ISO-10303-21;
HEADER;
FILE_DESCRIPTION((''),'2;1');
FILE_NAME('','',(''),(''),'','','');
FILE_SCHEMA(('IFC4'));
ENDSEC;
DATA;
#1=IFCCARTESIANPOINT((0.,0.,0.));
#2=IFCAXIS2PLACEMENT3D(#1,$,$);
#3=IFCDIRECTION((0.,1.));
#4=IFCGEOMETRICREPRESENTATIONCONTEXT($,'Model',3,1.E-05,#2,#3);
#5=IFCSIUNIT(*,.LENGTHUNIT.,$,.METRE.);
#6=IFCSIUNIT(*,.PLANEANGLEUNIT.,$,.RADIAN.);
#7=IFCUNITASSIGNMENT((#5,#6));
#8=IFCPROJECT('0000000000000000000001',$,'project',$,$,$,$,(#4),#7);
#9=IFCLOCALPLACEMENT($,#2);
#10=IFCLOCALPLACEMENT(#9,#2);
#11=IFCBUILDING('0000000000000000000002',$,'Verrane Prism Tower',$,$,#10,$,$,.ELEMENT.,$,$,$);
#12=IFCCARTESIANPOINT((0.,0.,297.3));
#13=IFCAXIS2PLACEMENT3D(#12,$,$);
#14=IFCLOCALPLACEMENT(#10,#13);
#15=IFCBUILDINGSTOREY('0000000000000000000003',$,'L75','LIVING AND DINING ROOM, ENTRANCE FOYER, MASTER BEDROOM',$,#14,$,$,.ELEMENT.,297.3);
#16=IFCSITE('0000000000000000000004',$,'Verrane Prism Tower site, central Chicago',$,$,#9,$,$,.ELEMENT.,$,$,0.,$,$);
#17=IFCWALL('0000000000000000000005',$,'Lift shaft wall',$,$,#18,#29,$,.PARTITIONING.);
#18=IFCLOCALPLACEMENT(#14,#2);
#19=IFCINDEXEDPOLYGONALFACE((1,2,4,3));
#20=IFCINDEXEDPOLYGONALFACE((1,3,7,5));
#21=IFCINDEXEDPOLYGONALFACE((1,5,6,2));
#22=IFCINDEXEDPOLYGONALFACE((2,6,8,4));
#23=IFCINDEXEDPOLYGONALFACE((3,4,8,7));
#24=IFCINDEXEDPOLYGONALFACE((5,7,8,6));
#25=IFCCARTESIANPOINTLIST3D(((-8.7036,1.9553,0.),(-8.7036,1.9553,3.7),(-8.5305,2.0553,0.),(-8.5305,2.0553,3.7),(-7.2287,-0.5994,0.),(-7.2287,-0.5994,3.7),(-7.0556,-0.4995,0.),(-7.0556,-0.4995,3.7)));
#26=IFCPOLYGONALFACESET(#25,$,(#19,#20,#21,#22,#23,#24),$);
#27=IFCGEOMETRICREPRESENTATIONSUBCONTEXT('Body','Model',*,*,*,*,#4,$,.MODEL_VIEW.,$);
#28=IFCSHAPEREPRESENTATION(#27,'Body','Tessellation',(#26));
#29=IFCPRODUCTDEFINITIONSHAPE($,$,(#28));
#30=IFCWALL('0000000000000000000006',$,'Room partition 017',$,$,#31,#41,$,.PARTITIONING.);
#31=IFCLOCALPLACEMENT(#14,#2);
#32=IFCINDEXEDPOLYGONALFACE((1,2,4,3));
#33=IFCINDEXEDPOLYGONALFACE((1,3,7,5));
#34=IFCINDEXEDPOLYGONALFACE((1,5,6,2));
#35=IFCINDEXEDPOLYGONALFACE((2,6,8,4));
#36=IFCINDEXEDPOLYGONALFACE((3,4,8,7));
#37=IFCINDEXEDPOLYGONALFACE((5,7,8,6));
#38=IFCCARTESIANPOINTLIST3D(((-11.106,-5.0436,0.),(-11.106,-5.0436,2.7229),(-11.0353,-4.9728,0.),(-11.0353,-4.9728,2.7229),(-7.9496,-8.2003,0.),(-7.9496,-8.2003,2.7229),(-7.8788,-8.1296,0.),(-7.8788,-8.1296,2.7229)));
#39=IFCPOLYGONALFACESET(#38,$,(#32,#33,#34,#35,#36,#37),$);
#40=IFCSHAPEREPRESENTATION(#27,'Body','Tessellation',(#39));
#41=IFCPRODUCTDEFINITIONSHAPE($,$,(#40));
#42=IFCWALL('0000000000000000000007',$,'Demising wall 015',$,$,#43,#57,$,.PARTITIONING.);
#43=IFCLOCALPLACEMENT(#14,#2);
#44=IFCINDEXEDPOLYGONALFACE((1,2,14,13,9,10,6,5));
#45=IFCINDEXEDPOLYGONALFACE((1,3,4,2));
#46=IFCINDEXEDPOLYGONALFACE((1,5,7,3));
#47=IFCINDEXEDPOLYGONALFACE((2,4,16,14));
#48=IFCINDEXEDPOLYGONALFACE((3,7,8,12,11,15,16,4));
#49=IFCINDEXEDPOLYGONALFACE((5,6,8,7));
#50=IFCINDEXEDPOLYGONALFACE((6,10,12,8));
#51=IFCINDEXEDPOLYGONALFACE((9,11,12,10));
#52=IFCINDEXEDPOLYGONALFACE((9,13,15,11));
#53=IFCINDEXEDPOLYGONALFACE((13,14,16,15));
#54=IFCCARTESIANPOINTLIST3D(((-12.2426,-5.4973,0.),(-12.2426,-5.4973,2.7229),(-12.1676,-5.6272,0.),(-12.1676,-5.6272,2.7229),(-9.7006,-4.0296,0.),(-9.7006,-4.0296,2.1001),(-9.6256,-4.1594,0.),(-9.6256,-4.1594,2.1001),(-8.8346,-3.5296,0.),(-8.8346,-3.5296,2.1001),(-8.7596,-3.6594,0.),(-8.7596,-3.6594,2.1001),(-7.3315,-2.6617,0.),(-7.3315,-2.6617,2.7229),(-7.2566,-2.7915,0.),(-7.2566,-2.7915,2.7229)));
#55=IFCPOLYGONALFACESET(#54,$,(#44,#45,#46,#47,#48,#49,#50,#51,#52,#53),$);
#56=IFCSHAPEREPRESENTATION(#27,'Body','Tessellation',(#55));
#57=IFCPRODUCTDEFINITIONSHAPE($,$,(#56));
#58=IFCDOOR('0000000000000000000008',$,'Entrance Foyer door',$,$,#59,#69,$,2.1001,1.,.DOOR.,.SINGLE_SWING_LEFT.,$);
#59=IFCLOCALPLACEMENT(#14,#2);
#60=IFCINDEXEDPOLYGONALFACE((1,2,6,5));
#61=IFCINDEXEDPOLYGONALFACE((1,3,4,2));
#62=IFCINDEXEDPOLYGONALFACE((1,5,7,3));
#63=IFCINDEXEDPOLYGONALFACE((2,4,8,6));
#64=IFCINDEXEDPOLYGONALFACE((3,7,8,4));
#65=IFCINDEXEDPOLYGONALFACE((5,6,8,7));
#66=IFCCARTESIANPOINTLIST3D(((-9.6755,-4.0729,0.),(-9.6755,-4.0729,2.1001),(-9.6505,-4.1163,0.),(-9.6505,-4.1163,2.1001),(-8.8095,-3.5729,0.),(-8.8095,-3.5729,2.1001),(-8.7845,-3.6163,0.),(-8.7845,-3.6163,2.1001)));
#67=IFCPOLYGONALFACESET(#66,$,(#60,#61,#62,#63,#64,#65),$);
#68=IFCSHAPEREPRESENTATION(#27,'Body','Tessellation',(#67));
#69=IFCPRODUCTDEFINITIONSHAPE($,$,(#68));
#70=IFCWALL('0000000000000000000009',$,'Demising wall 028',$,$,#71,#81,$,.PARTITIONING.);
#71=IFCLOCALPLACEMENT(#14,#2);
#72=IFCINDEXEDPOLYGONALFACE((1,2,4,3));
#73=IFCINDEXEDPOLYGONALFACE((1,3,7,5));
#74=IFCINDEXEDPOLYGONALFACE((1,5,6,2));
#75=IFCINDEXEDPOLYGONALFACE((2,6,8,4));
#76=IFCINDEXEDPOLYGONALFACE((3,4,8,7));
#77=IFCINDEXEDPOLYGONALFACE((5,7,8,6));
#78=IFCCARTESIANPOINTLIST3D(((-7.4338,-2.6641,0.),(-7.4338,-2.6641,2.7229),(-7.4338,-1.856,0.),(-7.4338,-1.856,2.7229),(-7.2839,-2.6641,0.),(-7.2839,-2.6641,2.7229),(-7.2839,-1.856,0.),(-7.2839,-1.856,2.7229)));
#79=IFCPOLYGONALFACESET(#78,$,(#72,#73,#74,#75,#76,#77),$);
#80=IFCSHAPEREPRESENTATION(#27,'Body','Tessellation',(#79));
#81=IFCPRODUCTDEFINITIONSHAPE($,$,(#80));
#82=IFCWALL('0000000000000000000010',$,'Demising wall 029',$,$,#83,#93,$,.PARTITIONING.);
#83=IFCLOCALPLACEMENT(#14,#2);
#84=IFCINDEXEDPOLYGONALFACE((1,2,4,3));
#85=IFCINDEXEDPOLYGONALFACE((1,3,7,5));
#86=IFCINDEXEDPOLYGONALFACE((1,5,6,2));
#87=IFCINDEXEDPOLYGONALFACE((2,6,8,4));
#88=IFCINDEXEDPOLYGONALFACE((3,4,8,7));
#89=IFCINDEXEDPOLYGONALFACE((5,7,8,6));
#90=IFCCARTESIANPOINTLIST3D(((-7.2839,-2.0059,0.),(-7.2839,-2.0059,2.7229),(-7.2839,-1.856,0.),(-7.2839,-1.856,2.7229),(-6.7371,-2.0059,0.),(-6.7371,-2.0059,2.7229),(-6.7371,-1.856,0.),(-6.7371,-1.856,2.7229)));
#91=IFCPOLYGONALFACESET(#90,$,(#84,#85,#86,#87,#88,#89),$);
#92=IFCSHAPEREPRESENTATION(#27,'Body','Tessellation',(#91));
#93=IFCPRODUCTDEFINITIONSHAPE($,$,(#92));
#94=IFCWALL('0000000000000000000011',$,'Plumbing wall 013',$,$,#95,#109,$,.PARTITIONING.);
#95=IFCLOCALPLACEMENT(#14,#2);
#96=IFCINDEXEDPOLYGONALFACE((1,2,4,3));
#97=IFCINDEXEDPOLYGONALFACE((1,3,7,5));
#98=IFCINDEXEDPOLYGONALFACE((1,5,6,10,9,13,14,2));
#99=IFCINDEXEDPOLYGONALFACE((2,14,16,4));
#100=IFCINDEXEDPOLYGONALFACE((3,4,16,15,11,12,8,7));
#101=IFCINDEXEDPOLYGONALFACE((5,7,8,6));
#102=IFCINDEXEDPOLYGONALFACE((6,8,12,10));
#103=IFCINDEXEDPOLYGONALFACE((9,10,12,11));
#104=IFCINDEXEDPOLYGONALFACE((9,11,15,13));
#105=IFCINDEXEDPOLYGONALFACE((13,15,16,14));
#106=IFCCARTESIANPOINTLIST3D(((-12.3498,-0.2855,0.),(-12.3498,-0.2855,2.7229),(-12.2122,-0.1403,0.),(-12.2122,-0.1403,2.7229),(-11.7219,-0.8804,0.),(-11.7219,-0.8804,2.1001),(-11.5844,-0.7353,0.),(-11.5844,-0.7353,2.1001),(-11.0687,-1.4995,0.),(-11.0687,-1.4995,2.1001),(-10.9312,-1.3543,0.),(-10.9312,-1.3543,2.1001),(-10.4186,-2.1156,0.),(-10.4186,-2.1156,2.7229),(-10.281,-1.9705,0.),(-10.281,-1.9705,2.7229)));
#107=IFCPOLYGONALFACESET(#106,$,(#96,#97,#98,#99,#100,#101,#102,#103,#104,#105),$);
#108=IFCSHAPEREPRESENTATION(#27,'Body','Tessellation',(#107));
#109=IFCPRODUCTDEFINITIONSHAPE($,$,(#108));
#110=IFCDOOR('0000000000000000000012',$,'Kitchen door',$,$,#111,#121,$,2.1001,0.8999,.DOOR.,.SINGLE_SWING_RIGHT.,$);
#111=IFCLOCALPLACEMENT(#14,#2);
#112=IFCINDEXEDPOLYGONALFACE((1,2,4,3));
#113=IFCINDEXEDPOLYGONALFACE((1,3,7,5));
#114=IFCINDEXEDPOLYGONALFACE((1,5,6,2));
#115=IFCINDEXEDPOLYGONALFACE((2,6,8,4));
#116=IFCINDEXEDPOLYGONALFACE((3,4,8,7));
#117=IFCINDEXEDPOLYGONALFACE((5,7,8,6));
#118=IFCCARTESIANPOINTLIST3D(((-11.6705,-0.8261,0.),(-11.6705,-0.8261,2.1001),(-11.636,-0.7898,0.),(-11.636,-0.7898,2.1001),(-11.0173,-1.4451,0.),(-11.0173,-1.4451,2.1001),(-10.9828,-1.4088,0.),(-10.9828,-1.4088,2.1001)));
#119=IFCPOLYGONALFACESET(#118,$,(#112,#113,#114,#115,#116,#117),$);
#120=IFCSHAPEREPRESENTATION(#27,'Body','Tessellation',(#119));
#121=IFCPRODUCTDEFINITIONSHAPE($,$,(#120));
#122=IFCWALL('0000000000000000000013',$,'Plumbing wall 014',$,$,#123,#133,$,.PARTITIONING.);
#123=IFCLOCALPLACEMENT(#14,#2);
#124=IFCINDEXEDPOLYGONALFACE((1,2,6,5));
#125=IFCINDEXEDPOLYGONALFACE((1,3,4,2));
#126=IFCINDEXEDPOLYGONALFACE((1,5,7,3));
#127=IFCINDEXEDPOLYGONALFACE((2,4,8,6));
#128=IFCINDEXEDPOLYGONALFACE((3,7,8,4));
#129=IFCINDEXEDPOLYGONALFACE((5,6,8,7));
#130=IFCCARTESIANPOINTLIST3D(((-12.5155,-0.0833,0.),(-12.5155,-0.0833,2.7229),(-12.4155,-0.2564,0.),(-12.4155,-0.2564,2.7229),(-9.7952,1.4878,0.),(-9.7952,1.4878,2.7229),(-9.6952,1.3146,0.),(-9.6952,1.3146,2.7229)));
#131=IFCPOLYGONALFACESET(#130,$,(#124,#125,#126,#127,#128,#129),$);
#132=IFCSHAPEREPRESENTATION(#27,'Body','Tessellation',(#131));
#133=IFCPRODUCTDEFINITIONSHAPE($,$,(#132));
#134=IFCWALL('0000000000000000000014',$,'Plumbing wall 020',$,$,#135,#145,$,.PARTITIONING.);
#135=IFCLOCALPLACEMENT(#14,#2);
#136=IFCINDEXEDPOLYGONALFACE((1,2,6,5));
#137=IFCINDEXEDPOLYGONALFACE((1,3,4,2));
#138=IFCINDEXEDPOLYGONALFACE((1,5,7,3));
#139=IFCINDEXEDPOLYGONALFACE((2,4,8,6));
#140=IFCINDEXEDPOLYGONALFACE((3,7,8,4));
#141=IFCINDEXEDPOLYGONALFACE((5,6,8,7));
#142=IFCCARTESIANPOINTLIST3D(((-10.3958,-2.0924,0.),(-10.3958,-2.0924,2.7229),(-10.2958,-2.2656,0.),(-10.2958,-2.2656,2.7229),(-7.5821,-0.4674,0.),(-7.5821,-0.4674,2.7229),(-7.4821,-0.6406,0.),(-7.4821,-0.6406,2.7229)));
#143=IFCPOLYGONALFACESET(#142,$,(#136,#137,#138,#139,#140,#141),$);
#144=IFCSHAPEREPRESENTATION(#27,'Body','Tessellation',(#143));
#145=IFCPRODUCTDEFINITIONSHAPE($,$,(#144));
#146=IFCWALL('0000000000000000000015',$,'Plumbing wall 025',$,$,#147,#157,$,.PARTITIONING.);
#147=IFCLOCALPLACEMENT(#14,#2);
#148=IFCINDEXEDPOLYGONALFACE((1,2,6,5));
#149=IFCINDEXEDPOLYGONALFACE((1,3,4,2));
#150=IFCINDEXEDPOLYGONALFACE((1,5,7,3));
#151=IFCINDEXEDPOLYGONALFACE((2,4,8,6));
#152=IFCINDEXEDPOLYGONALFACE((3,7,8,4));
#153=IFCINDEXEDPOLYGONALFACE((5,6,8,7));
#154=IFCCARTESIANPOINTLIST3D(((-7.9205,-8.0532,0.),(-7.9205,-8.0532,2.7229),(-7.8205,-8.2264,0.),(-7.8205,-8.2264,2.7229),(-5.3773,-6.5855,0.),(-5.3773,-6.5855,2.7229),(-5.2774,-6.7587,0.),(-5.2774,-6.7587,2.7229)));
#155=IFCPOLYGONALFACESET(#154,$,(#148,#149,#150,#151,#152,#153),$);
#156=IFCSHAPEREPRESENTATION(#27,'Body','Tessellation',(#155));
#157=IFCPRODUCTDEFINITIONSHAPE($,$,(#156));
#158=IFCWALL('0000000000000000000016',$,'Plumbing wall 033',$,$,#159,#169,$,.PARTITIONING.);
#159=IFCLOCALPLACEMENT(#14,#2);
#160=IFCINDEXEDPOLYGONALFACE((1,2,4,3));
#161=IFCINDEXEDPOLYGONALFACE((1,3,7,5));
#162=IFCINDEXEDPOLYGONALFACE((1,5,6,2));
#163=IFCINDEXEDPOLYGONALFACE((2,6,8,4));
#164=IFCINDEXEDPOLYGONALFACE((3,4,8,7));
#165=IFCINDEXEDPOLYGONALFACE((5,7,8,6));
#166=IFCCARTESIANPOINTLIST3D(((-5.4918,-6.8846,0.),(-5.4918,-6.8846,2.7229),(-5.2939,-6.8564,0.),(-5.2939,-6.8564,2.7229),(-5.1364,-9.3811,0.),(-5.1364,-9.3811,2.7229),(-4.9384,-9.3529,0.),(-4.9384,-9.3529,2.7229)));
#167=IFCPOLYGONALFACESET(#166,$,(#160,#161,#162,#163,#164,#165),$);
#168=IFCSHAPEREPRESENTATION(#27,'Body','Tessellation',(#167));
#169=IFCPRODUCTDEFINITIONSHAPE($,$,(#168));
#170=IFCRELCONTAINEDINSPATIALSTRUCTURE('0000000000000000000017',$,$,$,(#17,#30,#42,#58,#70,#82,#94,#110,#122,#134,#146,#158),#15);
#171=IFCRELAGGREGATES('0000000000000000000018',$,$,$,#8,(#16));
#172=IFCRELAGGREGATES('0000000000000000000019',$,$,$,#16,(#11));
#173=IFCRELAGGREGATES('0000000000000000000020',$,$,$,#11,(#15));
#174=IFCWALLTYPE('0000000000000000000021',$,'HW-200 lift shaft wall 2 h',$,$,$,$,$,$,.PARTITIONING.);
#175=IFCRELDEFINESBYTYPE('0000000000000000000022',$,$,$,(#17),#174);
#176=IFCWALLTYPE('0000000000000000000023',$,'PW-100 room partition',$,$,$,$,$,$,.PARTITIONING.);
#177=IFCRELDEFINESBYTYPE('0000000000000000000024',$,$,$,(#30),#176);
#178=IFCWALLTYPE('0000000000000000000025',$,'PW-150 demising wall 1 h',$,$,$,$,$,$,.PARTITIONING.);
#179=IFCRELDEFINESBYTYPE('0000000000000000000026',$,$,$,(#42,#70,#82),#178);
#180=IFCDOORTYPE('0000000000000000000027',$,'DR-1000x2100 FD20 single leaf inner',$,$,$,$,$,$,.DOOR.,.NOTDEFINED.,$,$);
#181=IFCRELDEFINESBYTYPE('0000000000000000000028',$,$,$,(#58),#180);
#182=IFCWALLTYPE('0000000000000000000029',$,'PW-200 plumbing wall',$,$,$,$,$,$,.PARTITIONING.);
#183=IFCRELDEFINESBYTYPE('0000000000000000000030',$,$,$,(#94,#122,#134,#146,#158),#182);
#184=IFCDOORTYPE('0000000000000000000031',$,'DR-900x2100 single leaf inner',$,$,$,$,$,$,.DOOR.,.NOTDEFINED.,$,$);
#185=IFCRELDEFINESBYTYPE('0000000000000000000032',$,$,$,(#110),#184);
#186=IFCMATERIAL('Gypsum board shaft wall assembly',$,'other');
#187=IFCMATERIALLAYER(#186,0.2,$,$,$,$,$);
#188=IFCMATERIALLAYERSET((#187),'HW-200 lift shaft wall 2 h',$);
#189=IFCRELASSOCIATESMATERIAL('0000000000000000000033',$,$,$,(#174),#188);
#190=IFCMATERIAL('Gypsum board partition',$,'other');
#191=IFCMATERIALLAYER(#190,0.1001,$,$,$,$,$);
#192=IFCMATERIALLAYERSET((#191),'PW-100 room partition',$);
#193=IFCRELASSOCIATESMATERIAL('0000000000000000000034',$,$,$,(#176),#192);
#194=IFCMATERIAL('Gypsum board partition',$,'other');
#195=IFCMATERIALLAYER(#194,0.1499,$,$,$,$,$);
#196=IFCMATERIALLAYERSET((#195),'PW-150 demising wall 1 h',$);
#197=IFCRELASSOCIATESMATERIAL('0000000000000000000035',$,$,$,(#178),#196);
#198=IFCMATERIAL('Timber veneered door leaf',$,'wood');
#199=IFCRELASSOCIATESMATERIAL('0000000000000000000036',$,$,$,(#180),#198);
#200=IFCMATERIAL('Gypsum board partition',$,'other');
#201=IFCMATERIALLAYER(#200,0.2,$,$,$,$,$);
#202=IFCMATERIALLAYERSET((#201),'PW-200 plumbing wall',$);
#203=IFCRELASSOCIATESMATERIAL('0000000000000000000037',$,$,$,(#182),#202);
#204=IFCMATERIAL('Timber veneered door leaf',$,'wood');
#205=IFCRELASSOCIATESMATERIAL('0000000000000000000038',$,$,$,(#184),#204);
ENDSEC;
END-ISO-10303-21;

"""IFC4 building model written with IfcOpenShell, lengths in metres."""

from ifc_helpers import new_model, si_unit, direction, frame, frame_2d, origin, place, context, subcontext, project, spatial, rectangle, extrude, material, layer, layer_set, type_object, element, fill, save


model = new_model("IFC4")

# Units and contexts
model_context = context("Model", 3, precision=1e-05, world=origin(), true_north=direction((0.0, 1.0)))
body_context = subcontext(model_context, "Body", "Model", "MODEL_VIEW")
ifc_project = project(units=[si_unit("LENGTHUNIT", "METRE"), si_unit("PLANEANGLEUNIT", "RADIAN")], contexts=[model_context])

# Site, building, storey
site_placement = place(None, origin())
site = spatial("IfcSite", under=ifc_project, at=site_placement, Name="Verrane Prism Tower site, central Chicago", CompositionType="ELEMENT", RefElevation=0.0)
building_placement = place(site_placement, origin())
building = spatial("IfcBuilding", under=site, at=building_placement, Name="Verrane Prism Tower", CompositionType="ELEMENT")
storey_placement = place(building_placement, frame((0.0, 0.0, 297.3)))
storey = spatial("IfcBuildingStorey", under=building, at=storey_placement, Name="L75", Description="LIVING AND DINING ROOM, ENTRANCE FOYER, MASTER BEDROOM", CompositionType="ELEMENT", Elevation=297.3)

# Walls
ifc_material_1 = material(Name="Gypsum board shaft wall assembly", Category="other")
ifc_layer_1 = layer(ifc_material_1, 0.2)
ifc_layer_set_1 = layer_set([ifc_layer_1], Name="HW-200 lift shaft wall 2 h")
wall_type_1 = type_object("IfcWallType", Name="HW-200 lift shaft wall 2 h", PredefinedType="PARTITIONING", material=ifc_layer_set_1)
wall_1_placement = place(storey_placement, frame((-7.1421, -0.5496, 0.0), z_axis=(0.0, 0.0, 1.0), x_axis=(-0.499976, 0.866039, 0.0)))
element("IfcWall", 1, at=wall_1_placement, inside=storey, type_object=wall_type_1, Name="Lift shaft wall", PredefinedType="PARTITIONING", context=body_context, shape_type="SweptSolid", body=[
    extrude(rectangle(XDim=2.95, YDim=0.2, at=frame_2d((1.4751, 0.0))), origin(), (0.0, 0.0, 1.0), 3.7),
])
ifc_material_2 = material(Name="Gypsum board partition", Category="other")
ifc_layer_2 = layer(ifc_material_2, 0.1001)
ifc_layer_set_2 = layer_set([ifc_layer_2], Name="PW-100 room partition")
wall_type_2 = type_object("IfcWallType", Name="PW-100 room partition", PredefinedType="PARTITIONING", material=ifc_layer_set_2)
wall_2_placement = place(storey_placement, frame((-11.0706, -5.0083, 0.0), z_axis=(0.0, 0.0, 1.0), x_axis=(0.707079, -0.707134, 0.0)))
element("IfcWall", 2, at=wall_2_placement, inside=storey, type_object=wall_type_2, Name="Room partition 017", PredefinedType="PARTITIONING", context=body_context, shape_type="SweptSolid", body=[
    extrude(rectangle(XDim=4.4641, YDim=0.1001, at=frame_2d((2.2319, 0.0))), origin(), (0.0, 0.0, 1.0), 2.7229),
])

# Wall, opening, door
ifc_material_3 = material(Name="Gypsum board partition", Category="other")
ifc_layer_3 = layer(ifc_material_3, 0.1499)
ifc_layer_set_3 = layer_set([ifc_layer_3], Name="PW-150 demising wall 1 h")
wall_type_3 = type_object("IfcWallType", Name="PW-150 demising wall 1 h", PredefinedType="PARTITIONING", material=ifc_layer_set_3)
wall_3_placement = place(storey_placement, frame((-12.2051, -5.5623, 0.0), z_axis=(0.0, 0.0, 1.0), x_axis=(0.866006, 0.500033, 0.0)))
wall_3 = element("IfcWall", 3, at=wall_3_placement, inside=storey, type_object=wall_type_3, Name="Demising wall 015", PredefinedType="PARTITIONING", context=body_context, shape_type="SweptSolid", body=[
    extrude(rectangle(XDim=5.6709, YDim=0.1499, at=frame_2d((2.8354, 0.0))), origin(), (0.0, 0.0, 1.0), 2.7229),
])
opening_1_placement = place(wall_3_placement, frame((2.9353, 0.0, 0.0)))
opening_1 = element("IfcOpeningElement", 4, at=opening_1_placement, cuts=wall_3, PredefinedType="OPENING", context=body_context, shape_type="SweptSolid", body=[
    extrude(rectangle(XDim=1.0, YDim=2.1001, at=frame_2d((0.5, 1.05))), frame((0.0, 0.085, 0.0), z_axis=(0.0, -1.0, 0.0), x_axis=(1.0, 0.0, 0.0)), (0.0, 0.0, 1.0), 0.1699),
])
ifc_material_4 = material(Name="Timber veneered door leaf", Category="wood")
door_type_1 = type_object("IfcDoorType", Name="DR-1000x2100 FD20 single leaf inner", OperationType="NOTDEFINED", PredefinedType="DOOR", material=ifc_material_4)
door_1_placement = place(opening_1_placement, origin())
door_1 = element("IfcDoor", 5, at=door_1_placement, inside=storey, type_object=door_type_1, Name="Entrance Foyer door", OperationType="SINGLE_SWING_LEFT", OverallHeight=2.1001, OverallWidth=1.0, PredefinedType="DOOR", context=body_context, shape_type="SweptSolid", body=[
    extrude(rectangle(XDim=1.0, YDim=2.1001, at=frame_2d((0.5, 1.05))), frame((0.0, 0.0249, 0.0), z_axis=(0.0, -1.0, 0.0), x_axis=(1.0, 0.0, 0.0)), (0.0, 0.0, 1.0), 0.05),
])
fill(opening_1, door_1)

# Walls
wall_4_placement = place(storey_placement, frame((-7.3589, -2.6641, 0.0), z_axis=(0.0, 0.0, 1.0), x_axis=(0.0, 1.0, 0.0)))
element("IfcWall", 6, at=wall_4_placement, inside=storey, type_object=wall_type_3, Name="Demising wall 028", PredefinedType="PARTITIONING", context=body_context, shape_type="SweptSolid", body=[
    extrude(rectangle(XDim=0.8081, YDim=0.1499, at=frame_2d((0.4041, 0.0))), origin(), (0.0, 0.0, 1.0), 2.7229),
])
wall_5_placement = place(storey_placement, frame((-7.2839, -1.9309, 0.0), z_axis=(0.0, 0.0, 1.0), x_axis=(1.0, 0.0, 0.0)))
element("IfcWall", 7, at=wall_5_placement, inside=storey, type_object=wall_type_3, Name="Demising wall 029", PredefinedType="PARTITIONING", context=body_context, shape_type="SweptSolid", body=[
    extrude(rectangle(XDim=0.5469, YDim=0.1499, at=frame_2d((0.2734, 0.0))), origin(), (0.0, 0.0, 1.0), 2.7229),
])

# Wall, opening, door
ifc_material_5 = material(Name="Gypsum board partition", Category="other")
ifc_layer_4 = layer(ifc_material_5, 0.2)
ifc_layer_set_4 = layer_set([ifc_layer_4], Name="PW-200 plumbing wall")
wall_type_4 = type_object("IfcWallType", Name="PW-200 plumbing wall", PredefinedType="PARTITIONING", material=ifc_layer_set_4)
wall_6_placement = place(storey_placement, frame((-12.281, -0.2129, 0.0), z_axis=(0.0, 0.0, 1.0), x_axis=(0.725847, -0.687857, 0.0)))
wall_6 = element("IfcWall", 8, at=wall_6_placement, inside=storey, type_object=wall_type_4, Name="Plumbing wall 013", PredefinedType="PARTITIONING", context=body_context, shape_type="SweptSolid", body=[
    extrude(rectangle(XDim=2.6606, YDim=0.2, at=frame_2d((1.3303, 0.0))), origin(), (0.0, 0.0, 1.0), 2.7229),
])
opening_2_placement = place(wall_6_placement, frame((0.865, 0.0, 0.0)))
opening_2 = element("IfcOpeningElement", 9, at=opening_2_placement, cuts=wall_6, PredefinedType="OPENING", context=body_context, shape_type="SweptSolid", body=[
    extrude(rectangle(XDim=0.8999, YDim=2.1001, at=frame_2d((0.45, 1.05))), frame((0.0, 0.1099, 0.0), z_axis=(0.0, -1.0, 0.0), x_axis=(1.0, 0.0, 0.0)), (0.0, 0.0, 1.0), 0.22),
])
ifc_material_6 = material(Name="Timber veneered door leaf", Category="wood")
door_type_2 = type_object("IfcDoorType", Name="DR-900x2100 single leaf inner", OperationType="NOTDEFINED", PredefinedType="DOOR", material=ifc_material_6)
door_2_placement = place(opening_2_placement, origin())
door_2 = element("IfcDoor", 10, at=door_2_placement, inside=storey, type_object=door_type_2, Name="Kitchen door", OperationType="SINGLE_SWING_RIGHT", OverallHeight=2.1001, OverallWidth=0.8999, PredefinedType="DOOR", context=body_context, shape_type="SweptSolid", body=[
    extrude(rectangle(XDim=0.8999, YDim=2.1001, at=frame_2d((0.45, 1.05))), frame((0.0, 0.0249, 0.0), z_axis=(0.0, -1.0, 0.0), x_axis=(1.0, 0.0, 0.0)), (0.0, 0.0, 1.0), 0.05),
])
fill(opening_2, door_2)

# Walls
wall_7_placement = place(storey_placement, frame((-12.4656, -0.1699, 0.0), z_axis=(0.0, 0.0, 1.0), x_axis=(0.865953, 0.500126, 0.0)))
element("IfcWall", 11, at=wall_7_placement, inside=storey, type_object=wall_type_4, Name="Plumbing wall 014", PredefinedType="PARTITIONING", context=body_context, shape_type="SweptSolid", body=[
    extrude(rectangle(XDim=3.1414, YDim=0.2, at=frame_2d((1.5708, 0.0))), origin(), (0.0, 0.0, 1.0), 2.7229),
])
wall_8_placement = place(storey_placement, frame((-10.3457, -2.179, 0.0), z_axis=(0.0, 0.0, 1.0), x_axis=(0.865959, 0.500115, 0.0)))
element("IfcWall", 12, at=wall_8_placement, inside=storey, type_object=wall_type_4, Name="Plumbing wall 020", PredefinedType="PARTITIONING", context=body_context, shape_type="SweptSolid", body=[
    extrude(rectangle(XDim=3.2493, YDim=0.2, at=frame_2d((1.6245, 0.0))), origin(), (0.0, 0.0, 1.0), 2.7229),
])
wall_9_placement = place(storey_placement, frame((-7.8706, -8.1399, 0.0), z_axis=(0.0, 0.0, 1.0), x_axis=(0.866107, 0.499859, 0.0)))
element("IfcWall", 13, at=wall_9_placement, inside=storey, type_object=wall_type_4, Name="Plumbing wall 025", PredefinedType="PARTITIONING", context=body_context, shape_type="SweptSolid", body=[
    extrude(rectangle(XDim=2.9363, YDim=0.2, at=frame_2d((1.4683, 0.0))), origin(), (0.0, 0.0, 1.0), 2.7229),
])
wall_10_placement = place(storey_placement, frame((-5.3928, -6.8706, 0.0), z_axis=(0.0, 0.0, 1.0), x_axis=(0.140961, -0.990015, 0.0)))
element("IfcWall", 14, at=wall_10_placement, inside=storey, type_object=wall_type_4, Name="Plumbing wall 033", PredefinedType="PARTITIONING", context=body_context, shape_type="SweptSolid", body=[
    extrude(rectangle(XDim=2.5217, YDim=0.2, at=frame_2d((1.2607, 0.0))), origin(), (0.0, 0.0, 1.0), 2.7229),
])

save(model, "model.ifc")
